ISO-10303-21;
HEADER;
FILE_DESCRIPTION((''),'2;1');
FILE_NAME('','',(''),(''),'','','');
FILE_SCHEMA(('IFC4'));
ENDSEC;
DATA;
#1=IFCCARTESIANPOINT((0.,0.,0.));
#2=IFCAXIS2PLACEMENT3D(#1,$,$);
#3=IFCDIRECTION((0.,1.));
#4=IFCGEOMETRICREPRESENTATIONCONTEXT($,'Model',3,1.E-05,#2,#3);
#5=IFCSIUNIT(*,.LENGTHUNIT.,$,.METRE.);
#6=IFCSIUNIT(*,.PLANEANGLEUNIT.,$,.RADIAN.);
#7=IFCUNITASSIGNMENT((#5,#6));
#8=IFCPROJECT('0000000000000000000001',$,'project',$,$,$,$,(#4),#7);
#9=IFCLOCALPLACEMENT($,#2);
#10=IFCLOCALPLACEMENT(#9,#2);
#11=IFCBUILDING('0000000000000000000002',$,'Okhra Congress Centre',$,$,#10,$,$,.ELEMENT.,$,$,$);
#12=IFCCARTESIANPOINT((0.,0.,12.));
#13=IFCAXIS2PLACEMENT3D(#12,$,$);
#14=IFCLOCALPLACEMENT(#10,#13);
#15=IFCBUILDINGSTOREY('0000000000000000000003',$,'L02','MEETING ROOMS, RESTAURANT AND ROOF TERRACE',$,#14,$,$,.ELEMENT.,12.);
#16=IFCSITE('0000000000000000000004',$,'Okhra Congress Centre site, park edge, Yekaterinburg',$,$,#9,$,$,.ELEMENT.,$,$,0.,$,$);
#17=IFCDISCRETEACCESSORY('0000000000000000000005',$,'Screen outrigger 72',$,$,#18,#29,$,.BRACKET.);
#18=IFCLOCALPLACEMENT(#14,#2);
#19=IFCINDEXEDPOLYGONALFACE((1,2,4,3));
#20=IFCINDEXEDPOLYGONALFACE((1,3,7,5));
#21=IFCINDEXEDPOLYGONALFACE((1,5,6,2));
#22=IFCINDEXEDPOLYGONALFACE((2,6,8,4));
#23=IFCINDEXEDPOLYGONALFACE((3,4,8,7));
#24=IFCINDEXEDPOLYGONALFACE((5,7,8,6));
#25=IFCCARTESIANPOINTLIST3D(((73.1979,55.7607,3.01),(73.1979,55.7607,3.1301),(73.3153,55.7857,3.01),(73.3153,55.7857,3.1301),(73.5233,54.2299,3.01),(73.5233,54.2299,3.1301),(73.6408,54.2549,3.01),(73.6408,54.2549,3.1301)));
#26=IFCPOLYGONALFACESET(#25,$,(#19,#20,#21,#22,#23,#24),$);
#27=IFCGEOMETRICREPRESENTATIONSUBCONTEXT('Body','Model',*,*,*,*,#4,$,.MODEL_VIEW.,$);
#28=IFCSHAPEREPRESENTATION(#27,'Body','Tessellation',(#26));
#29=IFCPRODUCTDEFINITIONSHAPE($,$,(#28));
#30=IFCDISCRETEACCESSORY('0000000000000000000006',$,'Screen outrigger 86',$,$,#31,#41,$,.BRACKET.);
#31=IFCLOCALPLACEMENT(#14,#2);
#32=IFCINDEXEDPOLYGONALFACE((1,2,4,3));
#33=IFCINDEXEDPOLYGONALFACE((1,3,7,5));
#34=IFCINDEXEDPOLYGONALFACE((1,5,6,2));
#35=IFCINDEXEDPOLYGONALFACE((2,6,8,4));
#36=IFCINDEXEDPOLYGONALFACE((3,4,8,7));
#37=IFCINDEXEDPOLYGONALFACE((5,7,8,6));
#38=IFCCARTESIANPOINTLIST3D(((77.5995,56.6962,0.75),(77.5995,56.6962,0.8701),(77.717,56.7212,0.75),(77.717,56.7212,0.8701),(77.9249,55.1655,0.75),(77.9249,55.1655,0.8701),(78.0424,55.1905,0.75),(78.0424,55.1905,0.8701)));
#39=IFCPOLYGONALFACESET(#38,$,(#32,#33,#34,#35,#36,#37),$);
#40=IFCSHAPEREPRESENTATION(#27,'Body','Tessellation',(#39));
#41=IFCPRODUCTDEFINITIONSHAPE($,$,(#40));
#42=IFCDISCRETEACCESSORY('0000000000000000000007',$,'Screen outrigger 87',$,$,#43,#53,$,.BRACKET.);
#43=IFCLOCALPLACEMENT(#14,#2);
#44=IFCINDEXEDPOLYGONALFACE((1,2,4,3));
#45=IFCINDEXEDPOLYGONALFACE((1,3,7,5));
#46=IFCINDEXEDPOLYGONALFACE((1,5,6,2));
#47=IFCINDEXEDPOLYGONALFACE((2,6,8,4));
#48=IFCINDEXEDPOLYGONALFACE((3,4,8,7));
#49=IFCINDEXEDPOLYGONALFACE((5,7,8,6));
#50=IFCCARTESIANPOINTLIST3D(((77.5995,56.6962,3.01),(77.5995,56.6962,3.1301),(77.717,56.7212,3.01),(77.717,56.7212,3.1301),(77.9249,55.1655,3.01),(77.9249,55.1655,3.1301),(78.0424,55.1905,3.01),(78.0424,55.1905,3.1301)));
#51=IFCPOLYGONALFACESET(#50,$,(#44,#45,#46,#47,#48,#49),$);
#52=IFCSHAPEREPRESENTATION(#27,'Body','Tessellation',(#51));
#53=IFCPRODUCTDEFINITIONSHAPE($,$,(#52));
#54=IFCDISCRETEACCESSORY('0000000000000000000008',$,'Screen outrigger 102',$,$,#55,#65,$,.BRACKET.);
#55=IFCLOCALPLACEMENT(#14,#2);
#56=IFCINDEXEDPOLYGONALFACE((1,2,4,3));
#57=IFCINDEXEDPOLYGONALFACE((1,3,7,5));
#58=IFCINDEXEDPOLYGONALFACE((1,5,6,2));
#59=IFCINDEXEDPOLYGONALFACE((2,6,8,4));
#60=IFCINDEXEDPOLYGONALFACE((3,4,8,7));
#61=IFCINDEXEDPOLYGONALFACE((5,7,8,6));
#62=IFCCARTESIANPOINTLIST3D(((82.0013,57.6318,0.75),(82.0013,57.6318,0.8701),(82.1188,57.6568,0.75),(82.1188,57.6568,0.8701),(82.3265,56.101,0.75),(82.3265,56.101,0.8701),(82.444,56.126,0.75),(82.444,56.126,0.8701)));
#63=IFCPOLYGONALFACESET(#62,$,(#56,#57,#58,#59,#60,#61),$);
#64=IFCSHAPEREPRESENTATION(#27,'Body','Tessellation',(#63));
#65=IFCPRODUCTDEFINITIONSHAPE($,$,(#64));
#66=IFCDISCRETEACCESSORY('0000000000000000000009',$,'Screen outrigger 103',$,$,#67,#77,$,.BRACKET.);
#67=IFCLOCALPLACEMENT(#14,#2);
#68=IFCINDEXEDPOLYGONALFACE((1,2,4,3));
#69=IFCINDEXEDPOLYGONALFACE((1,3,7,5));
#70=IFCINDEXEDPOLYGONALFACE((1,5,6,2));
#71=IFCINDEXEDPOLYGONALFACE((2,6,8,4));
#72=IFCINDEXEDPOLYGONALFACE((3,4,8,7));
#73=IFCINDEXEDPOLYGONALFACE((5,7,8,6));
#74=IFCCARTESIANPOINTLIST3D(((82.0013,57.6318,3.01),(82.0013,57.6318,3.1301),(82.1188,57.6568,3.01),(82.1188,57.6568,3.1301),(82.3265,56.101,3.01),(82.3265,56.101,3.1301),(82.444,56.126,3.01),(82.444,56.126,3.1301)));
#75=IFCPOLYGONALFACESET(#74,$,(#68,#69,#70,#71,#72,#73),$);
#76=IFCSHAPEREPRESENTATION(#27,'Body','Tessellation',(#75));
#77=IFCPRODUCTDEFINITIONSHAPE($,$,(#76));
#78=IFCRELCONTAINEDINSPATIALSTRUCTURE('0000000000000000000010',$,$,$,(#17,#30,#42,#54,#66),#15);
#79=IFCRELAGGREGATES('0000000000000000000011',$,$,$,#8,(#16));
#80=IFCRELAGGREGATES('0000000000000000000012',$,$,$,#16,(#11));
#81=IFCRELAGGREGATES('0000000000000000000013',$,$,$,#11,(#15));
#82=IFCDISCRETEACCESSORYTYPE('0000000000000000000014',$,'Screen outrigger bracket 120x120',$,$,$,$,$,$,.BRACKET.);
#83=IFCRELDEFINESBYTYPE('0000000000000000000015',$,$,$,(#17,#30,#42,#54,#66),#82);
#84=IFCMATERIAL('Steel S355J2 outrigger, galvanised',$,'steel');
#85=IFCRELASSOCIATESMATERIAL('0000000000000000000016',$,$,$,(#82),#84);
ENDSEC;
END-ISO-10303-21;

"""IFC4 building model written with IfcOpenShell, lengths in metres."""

from ifc_helpers import new_model, si_unit, direction, frame, origin, origin_2d, place, context, subcontext, project, spatial, rectangle, extrude, material, material_profile, profile_set, type_object, element, save


model = new_model("IFC4")

# Units and contexts
model_context = context("Model", 3, precision=1e-05, world=origin(), true_north=direction((0.0, 1.0)))
body_context = subcontext(model_context, "Body", "Model", "MODEL_VIEW")
ifc_project = project(units=[si_unit("LENGTHUNIT", "METRE"), si_unit("PLANEANGLEUNIT", "RADIAN")], contexts=[model_context])

# Site, building, storey
site_placement = place(None, origin())
site = spatial("IfcSite", under=ifc_project, at=site_placement, Name="Okhra Congress Centre site, park edge, Yekaterinburg", CompositionType="ELEMENT", RefElevation=0.0)
building_placement = place(site_placement, origin())
building = spatial("IfcBuilding", under=site, at=building_placement, Name="Okhra Congress Centre", CompositionType="ELEMENT")
storey_placement = place(building_placement, frame((0.0, 0.0, 12.0)))
storey = spatial("IfcBuildingStorey", under=building, at=storey_placement, Name="L02", Description="MEETING ROOMS, RESTAURANT AND ROOF TERRACE", CompositionType="ELEMENT", Elevation=12.0)

# Discrete accessories
ifc_material_1 = material(Name="Steel S355J2 outrigger, galvanised", Category="steel")
ifc_material_profile_1 = material_profile(ifc_material_1, rectangle(XDim=0.1201, YDim=0.1201, at=origin_2d()), Name="Screen outrigger bracket 120x120")
ifc_profile_set_1 = profile_set([ifc_material_profile_1], Name="Steel S355J2 outrigger, galvanised")
discrete_accessory_type = type_object("IfcDiscreteAccessoryType", Name="Screen outrigger bracket 120x120", PredefinedType="BRACKET", material=ifc_profile_set_1)
for number, where, z_axis, x_axis, name in (
    (1, (73.582, 54.2424, 3.0701), (-0.207952, 0.978139, 0.0), (-0.978139, -0.207952, 0.0), "Screen outrigger 72"),
    (2, (77.9836, 55.178, 0.8101), (-0.207952, 0.978139, 0.0), (-0.978139, -0.207952, 0.0), "Screen outrigger 86"),
    (3, (77.9836, 55.178, 3.0701), (-0.207952, 0.978139, 0.0), (-0.978139, -0.207952, 0.0), "Screen outrigger 87"),
    (4, (82.3853, 56.1135, 0.8101), (-0.207803, 0.978171, 0.0), (-0.978171, -0.207803, 0.0), "Screen outrigger 102"),
    (5, (82.3853, 56.1135, 3.0701), (-0.207803, 0.978171, 0.0), (-0.978171, -0.207803, 0.0), "Screen outrigger 103"),
):
    element("IfcDiscreteAccessory", number, at=place(storey_placement, frame(where, z_axis=z_axis, x_axis=x_axis)), inside=storey, type_object=discrete_accessory_type, Name=name, PredefinedType="BRACKET", context=body_context, shape_type="SweptSolid", body=[
        extrude(rectangle(XDim=0.1201, YDim=0.1201, at=origin_2d()), origin(), (0.0, 0.0, 1.0), 1.5649),
    ])

save(model, "model.ifc")
